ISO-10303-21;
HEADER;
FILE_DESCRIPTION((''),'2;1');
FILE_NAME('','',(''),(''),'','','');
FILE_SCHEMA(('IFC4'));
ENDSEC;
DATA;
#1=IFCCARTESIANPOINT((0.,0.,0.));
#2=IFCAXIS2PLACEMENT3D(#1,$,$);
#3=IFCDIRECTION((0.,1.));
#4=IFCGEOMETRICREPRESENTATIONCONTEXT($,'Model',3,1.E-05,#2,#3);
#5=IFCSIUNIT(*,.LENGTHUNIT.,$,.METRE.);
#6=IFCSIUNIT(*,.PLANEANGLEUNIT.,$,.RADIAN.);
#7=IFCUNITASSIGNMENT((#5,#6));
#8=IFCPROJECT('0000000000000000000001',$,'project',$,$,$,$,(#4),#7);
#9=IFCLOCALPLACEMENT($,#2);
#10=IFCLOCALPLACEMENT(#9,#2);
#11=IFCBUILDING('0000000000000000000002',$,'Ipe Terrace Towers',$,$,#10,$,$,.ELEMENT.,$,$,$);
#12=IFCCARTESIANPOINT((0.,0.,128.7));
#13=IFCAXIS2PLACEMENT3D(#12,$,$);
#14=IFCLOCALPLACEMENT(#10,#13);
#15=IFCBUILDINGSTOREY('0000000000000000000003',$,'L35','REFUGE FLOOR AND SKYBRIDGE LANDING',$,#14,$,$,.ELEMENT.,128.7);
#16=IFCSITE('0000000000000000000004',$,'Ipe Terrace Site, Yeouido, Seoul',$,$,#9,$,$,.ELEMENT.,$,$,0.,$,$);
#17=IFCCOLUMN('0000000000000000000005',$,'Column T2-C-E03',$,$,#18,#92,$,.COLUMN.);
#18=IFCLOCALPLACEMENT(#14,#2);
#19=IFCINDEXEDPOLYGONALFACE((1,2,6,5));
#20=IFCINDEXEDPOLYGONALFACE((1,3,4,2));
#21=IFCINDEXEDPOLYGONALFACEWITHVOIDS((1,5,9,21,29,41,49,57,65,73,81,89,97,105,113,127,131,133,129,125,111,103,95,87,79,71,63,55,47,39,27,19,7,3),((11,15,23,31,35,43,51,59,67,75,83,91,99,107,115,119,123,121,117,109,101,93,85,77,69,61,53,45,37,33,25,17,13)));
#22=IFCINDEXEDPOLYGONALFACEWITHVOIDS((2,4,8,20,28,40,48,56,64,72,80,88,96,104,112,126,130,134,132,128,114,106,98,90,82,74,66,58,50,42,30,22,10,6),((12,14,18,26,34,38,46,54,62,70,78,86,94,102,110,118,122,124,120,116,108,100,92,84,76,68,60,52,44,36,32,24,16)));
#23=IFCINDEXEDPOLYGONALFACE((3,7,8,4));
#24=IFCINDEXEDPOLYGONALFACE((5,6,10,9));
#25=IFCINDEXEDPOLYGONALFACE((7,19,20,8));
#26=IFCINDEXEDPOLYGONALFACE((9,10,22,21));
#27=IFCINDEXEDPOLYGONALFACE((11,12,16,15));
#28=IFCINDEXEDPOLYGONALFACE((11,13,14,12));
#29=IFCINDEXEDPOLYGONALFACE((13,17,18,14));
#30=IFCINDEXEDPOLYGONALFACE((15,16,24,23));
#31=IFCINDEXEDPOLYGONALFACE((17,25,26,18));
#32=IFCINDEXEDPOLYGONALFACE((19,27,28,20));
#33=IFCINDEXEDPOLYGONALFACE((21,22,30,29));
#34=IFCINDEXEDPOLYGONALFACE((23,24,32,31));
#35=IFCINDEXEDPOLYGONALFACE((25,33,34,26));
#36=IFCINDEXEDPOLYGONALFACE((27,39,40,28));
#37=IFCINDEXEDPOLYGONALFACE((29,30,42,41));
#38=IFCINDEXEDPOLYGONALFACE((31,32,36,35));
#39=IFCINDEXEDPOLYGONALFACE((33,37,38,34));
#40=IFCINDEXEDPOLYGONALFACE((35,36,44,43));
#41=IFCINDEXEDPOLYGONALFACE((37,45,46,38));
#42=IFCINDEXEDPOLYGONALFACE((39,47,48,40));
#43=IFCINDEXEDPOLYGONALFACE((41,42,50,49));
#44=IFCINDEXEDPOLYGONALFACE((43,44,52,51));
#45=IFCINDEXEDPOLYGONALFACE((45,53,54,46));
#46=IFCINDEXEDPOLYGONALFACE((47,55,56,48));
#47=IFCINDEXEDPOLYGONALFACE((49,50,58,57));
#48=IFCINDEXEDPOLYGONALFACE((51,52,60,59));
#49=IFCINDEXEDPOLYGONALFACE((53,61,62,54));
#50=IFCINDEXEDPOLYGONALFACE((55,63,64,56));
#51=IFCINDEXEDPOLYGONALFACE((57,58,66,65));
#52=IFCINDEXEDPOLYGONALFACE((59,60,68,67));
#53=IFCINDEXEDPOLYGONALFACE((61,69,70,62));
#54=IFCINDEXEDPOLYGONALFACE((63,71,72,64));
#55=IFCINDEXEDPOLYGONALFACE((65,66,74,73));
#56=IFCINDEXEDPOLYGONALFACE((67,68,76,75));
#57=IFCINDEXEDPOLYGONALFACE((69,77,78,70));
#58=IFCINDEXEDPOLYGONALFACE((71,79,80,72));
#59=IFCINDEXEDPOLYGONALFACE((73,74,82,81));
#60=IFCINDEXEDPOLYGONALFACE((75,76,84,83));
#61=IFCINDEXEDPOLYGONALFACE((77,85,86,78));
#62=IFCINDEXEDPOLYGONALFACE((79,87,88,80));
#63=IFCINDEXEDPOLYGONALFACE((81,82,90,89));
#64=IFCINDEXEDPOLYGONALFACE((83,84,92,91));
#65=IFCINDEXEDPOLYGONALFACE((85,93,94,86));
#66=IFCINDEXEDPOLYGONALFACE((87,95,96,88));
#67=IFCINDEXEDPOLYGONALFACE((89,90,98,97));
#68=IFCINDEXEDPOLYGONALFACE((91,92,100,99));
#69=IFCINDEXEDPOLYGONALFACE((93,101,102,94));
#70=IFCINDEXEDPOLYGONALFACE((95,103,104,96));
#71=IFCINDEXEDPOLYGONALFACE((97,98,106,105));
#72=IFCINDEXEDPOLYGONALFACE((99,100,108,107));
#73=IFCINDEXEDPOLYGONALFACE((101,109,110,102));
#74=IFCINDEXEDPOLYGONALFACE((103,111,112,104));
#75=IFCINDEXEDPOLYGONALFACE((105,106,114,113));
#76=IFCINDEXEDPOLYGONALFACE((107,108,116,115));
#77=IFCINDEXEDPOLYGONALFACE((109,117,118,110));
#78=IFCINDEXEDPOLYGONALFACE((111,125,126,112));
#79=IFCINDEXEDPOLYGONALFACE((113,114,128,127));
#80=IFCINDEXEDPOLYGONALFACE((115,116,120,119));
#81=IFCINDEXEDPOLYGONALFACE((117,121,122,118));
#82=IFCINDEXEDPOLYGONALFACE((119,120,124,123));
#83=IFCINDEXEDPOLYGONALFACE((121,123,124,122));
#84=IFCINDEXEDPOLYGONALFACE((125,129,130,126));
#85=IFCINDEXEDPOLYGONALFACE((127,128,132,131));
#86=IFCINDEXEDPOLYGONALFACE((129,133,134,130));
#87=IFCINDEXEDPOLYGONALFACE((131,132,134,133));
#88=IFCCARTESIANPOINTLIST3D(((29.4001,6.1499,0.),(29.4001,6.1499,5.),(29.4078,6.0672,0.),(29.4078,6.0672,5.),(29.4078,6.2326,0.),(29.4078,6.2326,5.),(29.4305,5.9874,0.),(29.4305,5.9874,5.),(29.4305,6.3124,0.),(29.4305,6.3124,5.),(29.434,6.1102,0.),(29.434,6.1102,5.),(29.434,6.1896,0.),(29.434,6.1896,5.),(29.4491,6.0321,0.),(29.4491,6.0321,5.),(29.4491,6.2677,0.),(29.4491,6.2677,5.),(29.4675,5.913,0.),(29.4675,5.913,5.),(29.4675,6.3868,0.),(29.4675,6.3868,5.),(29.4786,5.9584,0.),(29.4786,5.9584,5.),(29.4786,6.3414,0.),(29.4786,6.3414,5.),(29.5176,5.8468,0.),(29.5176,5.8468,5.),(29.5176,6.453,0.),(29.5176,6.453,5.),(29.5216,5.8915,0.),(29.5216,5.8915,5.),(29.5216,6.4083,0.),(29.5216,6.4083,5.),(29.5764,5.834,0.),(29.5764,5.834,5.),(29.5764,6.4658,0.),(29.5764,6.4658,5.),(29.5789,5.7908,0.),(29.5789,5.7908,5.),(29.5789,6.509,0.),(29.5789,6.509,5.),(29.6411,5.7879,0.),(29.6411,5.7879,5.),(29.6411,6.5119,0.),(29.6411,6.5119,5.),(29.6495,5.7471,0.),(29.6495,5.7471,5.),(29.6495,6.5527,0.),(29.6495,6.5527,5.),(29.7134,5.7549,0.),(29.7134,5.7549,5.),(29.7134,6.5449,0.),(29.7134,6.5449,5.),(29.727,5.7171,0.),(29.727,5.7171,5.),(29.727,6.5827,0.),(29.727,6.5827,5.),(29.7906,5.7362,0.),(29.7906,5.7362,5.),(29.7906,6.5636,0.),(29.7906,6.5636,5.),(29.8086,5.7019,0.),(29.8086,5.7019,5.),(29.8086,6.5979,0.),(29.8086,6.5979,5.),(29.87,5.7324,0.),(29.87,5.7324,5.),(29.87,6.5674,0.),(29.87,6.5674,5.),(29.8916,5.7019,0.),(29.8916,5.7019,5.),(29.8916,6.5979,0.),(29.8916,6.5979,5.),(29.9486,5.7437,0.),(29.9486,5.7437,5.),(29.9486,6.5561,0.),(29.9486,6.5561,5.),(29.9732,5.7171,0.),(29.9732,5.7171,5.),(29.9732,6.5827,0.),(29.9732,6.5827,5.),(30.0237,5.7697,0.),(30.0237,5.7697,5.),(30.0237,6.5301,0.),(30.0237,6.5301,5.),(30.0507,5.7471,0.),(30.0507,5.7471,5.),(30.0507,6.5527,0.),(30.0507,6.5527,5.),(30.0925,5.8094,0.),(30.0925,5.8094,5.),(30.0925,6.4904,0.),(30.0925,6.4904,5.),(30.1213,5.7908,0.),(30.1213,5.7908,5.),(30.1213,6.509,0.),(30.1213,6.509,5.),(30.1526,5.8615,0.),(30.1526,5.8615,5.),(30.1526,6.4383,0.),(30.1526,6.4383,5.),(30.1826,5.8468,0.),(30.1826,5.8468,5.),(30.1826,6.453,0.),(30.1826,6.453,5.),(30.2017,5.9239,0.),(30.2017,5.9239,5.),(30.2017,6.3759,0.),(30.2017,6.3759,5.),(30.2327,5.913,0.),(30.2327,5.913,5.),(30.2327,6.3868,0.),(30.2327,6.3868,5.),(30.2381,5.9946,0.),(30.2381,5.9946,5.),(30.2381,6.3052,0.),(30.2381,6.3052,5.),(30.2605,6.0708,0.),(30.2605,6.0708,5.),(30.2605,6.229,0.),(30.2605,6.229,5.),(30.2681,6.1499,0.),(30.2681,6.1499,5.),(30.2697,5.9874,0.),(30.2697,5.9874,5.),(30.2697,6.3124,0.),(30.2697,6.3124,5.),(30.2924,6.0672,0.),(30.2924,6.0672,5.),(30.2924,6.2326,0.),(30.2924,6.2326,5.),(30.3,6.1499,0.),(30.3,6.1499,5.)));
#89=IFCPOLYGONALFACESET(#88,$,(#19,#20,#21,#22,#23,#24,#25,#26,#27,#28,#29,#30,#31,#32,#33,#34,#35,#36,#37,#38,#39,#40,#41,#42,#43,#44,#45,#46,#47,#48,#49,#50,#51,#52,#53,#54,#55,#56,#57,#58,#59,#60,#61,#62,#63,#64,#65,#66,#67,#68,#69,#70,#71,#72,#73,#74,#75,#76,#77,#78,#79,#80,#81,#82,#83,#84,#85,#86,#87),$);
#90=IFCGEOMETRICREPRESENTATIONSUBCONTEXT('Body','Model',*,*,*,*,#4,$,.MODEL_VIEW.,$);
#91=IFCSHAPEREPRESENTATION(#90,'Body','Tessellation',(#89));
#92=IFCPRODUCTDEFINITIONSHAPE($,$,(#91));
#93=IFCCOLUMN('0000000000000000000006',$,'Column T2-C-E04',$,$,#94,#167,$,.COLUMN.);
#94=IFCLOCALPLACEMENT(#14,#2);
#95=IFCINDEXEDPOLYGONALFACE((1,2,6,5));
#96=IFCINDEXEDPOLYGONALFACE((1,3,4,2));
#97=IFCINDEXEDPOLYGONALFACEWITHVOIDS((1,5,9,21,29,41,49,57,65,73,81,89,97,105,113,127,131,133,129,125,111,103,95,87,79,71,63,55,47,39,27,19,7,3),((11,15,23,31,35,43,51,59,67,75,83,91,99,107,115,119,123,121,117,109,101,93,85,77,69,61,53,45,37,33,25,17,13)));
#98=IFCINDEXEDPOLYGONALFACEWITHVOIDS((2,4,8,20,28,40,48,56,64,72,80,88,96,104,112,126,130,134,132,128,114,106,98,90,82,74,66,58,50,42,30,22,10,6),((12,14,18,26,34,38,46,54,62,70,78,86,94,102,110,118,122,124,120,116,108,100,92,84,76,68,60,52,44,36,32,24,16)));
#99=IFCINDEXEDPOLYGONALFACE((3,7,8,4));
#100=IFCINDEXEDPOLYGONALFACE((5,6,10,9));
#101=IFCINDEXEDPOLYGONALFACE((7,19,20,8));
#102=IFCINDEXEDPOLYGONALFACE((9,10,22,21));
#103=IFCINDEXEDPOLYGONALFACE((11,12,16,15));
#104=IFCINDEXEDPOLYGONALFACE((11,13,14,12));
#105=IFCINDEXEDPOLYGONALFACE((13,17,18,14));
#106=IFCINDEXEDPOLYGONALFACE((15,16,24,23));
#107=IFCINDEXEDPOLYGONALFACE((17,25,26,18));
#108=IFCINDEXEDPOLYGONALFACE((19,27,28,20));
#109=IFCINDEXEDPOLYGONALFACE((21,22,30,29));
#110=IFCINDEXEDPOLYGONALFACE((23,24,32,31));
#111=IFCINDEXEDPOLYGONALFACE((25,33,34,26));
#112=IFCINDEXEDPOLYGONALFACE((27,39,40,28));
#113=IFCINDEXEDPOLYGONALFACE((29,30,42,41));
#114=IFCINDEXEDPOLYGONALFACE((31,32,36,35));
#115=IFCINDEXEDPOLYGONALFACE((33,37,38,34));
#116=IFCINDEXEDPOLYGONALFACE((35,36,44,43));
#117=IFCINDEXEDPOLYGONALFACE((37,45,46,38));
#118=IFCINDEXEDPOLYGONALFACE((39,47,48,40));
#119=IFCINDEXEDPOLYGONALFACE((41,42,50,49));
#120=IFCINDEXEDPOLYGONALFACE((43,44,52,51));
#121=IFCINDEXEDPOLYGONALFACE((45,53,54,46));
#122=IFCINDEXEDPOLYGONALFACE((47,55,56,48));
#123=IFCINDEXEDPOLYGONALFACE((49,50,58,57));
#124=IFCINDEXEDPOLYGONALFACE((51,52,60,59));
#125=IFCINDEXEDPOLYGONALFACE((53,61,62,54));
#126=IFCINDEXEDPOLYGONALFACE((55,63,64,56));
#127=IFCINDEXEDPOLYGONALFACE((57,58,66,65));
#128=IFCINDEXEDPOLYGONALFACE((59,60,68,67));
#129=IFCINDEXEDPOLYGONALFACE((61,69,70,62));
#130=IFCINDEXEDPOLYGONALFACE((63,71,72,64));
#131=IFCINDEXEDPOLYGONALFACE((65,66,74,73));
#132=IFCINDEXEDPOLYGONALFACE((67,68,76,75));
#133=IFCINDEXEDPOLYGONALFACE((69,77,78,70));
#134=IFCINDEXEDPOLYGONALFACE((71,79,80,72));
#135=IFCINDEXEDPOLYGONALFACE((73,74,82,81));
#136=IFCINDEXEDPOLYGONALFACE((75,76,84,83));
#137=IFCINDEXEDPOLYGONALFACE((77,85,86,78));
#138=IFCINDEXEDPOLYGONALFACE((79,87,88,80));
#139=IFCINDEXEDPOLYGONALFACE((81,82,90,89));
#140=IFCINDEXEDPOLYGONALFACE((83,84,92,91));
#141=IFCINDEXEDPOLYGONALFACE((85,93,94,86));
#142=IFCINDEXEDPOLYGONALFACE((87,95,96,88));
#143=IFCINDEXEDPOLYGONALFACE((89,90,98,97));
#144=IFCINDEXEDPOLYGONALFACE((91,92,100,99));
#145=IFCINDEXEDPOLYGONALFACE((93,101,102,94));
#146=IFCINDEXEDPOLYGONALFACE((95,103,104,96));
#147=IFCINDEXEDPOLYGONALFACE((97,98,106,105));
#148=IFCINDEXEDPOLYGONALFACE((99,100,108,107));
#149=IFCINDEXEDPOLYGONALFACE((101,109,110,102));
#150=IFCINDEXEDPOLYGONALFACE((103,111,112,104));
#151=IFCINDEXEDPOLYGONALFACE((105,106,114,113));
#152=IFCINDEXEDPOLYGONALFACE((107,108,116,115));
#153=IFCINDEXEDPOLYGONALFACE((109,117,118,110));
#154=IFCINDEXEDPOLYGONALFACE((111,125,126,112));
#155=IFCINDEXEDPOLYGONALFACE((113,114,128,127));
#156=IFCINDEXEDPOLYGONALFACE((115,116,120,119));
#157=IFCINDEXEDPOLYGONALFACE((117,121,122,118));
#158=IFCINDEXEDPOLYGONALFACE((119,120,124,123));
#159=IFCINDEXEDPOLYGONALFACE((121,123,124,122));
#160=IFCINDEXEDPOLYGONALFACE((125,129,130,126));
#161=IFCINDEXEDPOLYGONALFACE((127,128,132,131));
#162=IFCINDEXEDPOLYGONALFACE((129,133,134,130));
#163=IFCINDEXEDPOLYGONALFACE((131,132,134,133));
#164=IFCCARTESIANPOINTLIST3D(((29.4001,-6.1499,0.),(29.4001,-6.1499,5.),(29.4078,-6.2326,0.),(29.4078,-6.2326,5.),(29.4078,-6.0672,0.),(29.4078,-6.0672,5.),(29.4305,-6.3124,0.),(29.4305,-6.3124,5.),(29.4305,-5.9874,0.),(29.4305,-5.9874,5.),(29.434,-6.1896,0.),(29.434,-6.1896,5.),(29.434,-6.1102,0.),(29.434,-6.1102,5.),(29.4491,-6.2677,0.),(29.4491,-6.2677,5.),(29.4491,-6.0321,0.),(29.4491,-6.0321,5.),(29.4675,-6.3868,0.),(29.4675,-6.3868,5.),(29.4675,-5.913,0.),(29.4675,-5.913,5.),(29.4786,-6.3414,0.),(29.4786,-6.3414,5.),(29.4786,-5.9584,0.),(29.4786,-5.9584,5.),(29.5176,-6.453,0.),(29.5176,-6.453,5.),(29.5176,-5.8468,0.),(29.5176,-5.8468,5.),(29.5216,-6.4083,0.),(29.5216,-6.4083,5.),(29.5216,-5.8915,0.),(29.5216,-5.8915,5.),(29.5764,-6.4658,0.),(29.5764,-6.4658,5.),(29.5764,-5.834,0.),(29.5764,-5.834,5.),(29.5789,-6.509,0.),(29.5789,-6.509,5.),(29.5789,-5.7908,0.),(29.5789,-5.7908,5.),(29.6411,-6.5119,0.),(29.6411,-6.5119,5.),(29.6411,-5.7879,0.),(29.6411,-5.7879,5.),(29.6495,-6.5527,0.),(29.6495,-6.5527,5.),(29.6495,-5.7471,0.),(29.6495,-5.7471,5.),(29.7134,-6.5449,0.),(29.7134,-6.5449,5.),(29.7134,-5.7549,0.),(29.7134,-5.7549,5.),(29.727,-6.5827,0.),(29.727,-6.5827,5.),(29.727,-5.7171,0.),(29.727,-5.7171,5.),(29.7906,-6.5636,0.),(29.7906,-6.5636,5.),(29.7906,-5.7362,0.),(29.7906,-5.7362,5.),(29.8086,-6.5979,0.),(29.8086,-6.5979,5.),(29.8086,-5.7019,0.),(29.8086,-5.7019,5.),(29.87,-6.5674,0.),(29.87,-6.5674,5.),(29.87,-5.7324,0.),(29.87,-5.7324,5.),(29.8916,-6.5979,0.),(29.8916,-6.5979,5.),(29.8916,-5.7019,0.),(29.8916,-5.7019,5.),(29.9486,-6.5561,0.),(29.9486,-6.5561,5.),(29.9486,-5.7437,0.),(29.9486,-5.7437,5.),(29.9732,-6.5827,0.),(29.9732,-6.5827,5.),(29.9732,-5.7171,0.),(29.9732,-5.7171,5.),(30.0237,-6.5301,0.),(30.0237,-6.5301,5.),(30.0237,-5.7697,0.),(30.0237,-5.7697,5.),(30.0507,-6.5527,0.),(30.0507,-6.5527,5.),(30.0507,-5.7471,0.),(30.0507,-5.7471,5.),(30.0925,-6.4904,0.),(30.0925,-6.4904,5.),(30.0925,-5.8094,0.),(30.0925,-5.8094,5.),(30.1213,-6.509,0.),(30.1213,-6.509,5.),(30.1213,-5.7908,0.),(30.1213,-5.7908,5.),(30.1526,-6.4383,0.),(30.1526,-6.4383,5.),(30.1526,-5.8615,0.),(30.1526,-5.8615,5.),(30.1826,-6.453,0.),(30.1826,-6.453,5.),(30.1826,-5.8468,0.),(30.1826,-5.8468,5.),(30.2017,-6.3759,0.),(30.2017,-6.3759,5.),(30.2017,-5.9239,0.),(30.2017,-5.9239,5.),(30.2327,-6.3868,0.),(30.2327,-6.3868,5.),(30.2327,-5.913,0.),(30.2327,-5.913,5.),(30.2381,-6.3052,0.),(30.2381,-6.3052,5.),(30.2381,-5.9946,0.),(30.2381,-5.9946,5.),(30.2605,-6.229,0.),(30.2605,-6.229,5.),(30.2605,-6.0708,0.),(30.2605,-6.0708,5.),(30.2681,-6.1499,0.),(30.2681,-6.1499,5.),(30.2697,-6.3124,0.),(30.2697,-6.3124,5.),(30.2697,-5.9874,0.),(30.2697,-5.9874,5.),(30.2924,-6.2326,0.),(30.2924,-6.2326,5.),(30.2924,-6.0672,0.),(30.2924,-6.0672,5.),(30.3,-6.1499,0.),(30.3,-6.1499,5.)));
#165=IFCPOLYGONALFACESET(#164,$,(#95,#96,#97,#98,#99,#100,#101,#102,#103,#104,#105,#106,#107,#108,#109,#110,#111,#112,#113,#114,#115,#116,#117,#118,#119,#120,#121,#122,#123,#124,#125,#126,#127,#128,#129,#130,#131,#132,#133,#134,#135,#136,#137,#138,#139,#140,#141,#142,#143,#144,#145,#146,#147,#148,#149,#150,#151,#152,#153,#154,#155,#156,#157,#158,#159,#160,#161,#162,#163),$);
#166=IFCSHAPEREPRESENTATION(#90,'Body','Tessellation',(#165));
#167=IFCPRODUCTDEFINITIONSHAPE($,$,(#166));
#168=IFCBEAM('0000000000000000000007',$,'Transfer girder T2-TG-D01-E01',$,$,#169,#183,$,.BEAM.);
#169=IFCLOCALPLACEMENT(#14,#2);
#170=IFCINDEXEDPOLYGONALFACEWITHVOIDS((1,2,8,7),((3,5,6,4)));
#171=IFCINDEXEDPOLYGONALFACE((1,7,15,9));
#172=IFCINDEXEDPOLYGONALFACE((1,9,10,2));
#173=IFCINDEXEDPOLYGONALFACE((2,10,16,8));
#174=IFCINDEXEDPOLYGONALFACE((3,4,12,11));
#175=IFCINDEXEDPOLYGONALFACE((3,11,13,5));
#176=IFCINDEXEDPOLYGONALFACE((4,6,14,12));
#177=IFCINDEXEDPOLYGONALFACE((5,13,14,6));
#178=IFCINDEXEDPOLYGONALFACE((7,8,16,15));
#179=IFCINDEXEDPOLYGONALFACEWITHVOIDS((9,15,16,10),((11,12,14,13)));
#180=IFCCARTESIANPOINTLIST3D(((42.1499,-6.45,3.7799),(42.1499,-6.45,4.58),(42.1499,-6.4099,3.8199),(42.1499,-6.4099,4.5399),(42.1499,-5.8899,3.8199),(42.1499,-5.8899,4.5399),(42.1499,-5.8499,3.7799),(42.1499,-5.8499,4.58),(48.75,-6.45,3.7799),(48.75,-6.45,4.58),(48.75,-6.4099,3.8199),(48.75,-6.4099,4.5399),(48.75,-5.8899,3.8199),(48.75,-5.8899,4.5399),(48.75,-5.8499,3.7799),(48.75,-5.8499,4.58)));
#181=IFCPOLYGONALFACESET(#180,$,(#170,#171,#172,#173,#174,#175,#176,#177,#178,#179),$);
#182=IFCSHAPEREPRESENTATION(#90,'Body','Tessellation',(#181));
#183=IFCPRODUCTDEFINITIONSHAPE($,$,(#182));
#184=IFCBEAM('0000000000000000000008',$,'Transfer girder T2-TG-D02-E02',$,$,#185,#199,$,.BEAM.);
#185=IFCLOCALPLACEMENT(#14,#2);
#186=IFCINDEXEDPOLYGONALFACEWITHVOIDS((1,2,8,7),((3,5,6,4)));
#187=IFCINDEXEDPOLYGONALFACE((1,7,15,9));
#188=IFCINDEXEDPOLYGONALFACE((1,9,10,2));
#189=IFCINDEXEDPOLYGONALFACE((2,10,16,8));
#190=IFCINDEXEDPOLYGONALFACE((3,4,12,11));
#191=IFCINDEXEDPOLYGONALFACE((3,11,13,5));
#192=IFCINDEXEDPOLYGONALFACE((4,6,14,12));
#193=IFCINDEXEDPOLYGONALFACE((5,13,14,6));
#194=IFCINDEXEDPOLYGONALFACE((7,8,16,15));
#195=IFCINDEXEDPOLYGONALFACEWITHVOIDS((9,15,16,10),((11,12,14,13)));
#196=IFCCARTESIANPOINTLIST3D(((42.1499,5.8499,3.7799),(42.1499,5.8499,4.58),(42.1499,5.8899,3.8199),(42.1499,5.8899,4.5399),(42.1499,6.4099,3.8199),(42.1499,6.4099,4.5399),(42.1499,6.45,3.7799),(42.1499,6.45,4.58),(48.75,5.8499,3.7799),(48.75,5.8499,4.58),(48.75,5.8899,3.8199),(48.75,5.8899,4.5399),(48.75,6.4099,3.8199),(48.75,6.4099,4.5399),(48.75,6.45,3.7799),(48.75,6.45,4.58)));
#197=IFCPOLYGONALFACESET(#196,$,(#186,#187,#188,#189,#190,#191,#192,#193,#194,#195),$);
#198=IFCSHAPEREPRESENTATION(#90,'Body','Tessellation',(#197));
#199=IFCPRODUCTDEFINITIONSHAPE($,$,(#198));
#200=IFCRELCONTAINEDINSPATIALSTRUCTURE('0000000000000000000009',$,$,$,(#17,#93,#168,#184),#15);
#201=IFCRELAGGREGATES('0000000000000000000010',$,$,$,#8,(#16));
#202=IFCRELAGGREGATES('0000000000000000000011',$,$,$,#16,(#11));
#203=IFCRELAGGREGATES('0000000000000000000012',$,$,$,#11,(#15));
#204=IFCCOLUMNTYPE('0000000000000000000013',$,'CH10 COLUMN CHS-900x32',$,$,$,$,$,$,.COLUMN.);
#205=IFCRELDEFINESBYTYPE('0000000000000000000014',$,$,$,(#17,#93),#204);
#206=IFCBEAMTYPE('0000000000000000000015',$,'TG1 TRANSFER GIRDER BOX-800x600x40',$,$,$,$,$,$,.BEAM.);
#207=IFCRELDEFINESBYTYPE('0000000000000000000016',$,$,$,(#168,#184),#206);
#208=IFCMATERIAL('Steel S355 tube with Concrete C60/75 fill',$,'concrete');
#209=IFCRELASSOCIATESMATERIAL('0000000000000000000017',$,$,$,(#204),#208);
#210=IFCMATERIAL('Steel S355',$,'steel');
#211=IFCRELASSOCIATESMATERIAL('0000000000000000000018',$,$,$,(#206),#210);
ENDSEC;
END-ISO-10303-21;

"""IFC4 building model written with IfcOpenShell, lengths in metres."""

from ifc_helpers import new_model, si_unit, direction, frame, origin, origin_2d, place, context, subcontext, project, spatial, hollow_rectangle, hollow_circle, extrude, material, material_profile, profile_set, type_object, element, save


model = new_model("IFC4")

# Units and contexts
model_context = context("Model", 3, precision=1e-05, world=origin(), true_north=direction((0.0, 1.0)))
body_context = subcontext(model_context, "Body", "Model", "MODEL_VIEW")
ifc_project = project(units=[si_unit("LENGTHUNIT", "METRE"), si_unit("PLANEANGLEUNIT", "RADIAN")], contexts=[model_context])

# Site, building, storey
site_placement = place(None, origin())
site = spatial("IfcSite", under=ifc_project, at=site_placement, Name="Ipe Terrace Site, Yeouido, Seoul", CompositionType="ELEMENT", RefElevation=0.0)
building_placement = place(site_placement, origin())
building = spatial("IfcBuilding", under=site, at=building_placement, Name="Ipe Terrace Towers", CompositionType="ELEMENT")
storey_placement = place(building_placement, frame((0.0, 0.0, 128.7)))
storey = spatial("IfcBuildingStorey", under=building, at=storey_placement, Name="L35", Description="REFUGE FLOOR AND SKYBRIDGE LANDING", CompositionType="ELEMENT", Elevation=128.7)

# Columns
ifc_material_1 = material(Name="Steel S355 tube with Concrete C60/75 fill", Category="concrete")
ifc_material_profile_1 = material_profile(ifc_material_1, hollow_circle(Radius=0.45, WallThickness=0.032, at=origin_2d()), Name="CHS-900x32")
ifc_profile_set_1 = profile_set([ifc_material_profile_1], Name="Steel S355 tube with Concrete C60/75 fill")
column_type = type_object("IfcColumnType", Name="CH10 COLUMN CHS-900x32", PredefinedType="COLUMN", material=ifc_profile_set_1)
for number, where, z_axis, x_axis, name in (
    (1, (29.8501, 6.1499, 0.0), (0.0, 0.0, 1.0), (1.0, 0.0, 0.0), "Column T2-C-E03"),
    (2, (29.8501, -6.1499, 0.0), (0.0, 0.0, 1.0), (1.0, 0.0, 0.0), "Column T2-C-E04"),
):
    element("IfcColumn", number, at=place(storey_placement, frame(where, z_axis=z_axis, x_axis=x_axis)), inside=storey, type_object=column_type, Name=name, PredefinedType="COLUMN", context=body_context, shape_type="SweptSolid", body=[
        extrude(hollow_circle(Radius=0.45, WallThickness=0.032, at=origin_2d()), origin(), (0.0, 0.0, 1.0), 5.0),
    ])

# Beams
ifc_material_2 = material(Name="Steel S355", Category="steel")
ifc_material_profile_2 = material_profile(ifc_material_2, hollow_rectangle(XDim=0.6001, YDim=0.8, WallThickness=0.04, at=origin_2d()), Name="BOX-800x600x40")
ifc_profile_set_2 = profile_set([ifc_material_profile_2], Name="Steel S355")
beam_type = type_object("IfcBeamType", Name="TG1 TRANSFER GIRDER BOX-800x600x40", PredefinedType="BEAM", material=ifc_profile_set_2)
for number, where, z_axis, x_axis, name in (
    (3, (42.1499, -6.1499, 4.1799), (1.0, 0.0, 0.0), (0.0, 1.0, 0.0), "Transfer girder T2-TG-D01-E01"),
    (4, (42.1499, 6.1499, 4.1799), (1.0, 0.0, 0.0), (0.0, 1.0, 0.0), "Transfer girder T2-TG-D02-E02"),
):
    element("IfcBeam", number, at=place(storey_placement, frame(where, z_axis=z_axis, x_axis=x_axis)), inside=storey, type_object=beam_type, Name=name, PredefinedType="BEAM", context=body_context, shape_type="SweptSolid", body=[
        extrude(hollow_rectangle(XDim=0.6001, YDim=0.8, WallThickness=0.04, at=origin_2d()), origin(), (0.0, 0.0, 1.0), 6.6001),
    ])

save(model, "model.ifc")
